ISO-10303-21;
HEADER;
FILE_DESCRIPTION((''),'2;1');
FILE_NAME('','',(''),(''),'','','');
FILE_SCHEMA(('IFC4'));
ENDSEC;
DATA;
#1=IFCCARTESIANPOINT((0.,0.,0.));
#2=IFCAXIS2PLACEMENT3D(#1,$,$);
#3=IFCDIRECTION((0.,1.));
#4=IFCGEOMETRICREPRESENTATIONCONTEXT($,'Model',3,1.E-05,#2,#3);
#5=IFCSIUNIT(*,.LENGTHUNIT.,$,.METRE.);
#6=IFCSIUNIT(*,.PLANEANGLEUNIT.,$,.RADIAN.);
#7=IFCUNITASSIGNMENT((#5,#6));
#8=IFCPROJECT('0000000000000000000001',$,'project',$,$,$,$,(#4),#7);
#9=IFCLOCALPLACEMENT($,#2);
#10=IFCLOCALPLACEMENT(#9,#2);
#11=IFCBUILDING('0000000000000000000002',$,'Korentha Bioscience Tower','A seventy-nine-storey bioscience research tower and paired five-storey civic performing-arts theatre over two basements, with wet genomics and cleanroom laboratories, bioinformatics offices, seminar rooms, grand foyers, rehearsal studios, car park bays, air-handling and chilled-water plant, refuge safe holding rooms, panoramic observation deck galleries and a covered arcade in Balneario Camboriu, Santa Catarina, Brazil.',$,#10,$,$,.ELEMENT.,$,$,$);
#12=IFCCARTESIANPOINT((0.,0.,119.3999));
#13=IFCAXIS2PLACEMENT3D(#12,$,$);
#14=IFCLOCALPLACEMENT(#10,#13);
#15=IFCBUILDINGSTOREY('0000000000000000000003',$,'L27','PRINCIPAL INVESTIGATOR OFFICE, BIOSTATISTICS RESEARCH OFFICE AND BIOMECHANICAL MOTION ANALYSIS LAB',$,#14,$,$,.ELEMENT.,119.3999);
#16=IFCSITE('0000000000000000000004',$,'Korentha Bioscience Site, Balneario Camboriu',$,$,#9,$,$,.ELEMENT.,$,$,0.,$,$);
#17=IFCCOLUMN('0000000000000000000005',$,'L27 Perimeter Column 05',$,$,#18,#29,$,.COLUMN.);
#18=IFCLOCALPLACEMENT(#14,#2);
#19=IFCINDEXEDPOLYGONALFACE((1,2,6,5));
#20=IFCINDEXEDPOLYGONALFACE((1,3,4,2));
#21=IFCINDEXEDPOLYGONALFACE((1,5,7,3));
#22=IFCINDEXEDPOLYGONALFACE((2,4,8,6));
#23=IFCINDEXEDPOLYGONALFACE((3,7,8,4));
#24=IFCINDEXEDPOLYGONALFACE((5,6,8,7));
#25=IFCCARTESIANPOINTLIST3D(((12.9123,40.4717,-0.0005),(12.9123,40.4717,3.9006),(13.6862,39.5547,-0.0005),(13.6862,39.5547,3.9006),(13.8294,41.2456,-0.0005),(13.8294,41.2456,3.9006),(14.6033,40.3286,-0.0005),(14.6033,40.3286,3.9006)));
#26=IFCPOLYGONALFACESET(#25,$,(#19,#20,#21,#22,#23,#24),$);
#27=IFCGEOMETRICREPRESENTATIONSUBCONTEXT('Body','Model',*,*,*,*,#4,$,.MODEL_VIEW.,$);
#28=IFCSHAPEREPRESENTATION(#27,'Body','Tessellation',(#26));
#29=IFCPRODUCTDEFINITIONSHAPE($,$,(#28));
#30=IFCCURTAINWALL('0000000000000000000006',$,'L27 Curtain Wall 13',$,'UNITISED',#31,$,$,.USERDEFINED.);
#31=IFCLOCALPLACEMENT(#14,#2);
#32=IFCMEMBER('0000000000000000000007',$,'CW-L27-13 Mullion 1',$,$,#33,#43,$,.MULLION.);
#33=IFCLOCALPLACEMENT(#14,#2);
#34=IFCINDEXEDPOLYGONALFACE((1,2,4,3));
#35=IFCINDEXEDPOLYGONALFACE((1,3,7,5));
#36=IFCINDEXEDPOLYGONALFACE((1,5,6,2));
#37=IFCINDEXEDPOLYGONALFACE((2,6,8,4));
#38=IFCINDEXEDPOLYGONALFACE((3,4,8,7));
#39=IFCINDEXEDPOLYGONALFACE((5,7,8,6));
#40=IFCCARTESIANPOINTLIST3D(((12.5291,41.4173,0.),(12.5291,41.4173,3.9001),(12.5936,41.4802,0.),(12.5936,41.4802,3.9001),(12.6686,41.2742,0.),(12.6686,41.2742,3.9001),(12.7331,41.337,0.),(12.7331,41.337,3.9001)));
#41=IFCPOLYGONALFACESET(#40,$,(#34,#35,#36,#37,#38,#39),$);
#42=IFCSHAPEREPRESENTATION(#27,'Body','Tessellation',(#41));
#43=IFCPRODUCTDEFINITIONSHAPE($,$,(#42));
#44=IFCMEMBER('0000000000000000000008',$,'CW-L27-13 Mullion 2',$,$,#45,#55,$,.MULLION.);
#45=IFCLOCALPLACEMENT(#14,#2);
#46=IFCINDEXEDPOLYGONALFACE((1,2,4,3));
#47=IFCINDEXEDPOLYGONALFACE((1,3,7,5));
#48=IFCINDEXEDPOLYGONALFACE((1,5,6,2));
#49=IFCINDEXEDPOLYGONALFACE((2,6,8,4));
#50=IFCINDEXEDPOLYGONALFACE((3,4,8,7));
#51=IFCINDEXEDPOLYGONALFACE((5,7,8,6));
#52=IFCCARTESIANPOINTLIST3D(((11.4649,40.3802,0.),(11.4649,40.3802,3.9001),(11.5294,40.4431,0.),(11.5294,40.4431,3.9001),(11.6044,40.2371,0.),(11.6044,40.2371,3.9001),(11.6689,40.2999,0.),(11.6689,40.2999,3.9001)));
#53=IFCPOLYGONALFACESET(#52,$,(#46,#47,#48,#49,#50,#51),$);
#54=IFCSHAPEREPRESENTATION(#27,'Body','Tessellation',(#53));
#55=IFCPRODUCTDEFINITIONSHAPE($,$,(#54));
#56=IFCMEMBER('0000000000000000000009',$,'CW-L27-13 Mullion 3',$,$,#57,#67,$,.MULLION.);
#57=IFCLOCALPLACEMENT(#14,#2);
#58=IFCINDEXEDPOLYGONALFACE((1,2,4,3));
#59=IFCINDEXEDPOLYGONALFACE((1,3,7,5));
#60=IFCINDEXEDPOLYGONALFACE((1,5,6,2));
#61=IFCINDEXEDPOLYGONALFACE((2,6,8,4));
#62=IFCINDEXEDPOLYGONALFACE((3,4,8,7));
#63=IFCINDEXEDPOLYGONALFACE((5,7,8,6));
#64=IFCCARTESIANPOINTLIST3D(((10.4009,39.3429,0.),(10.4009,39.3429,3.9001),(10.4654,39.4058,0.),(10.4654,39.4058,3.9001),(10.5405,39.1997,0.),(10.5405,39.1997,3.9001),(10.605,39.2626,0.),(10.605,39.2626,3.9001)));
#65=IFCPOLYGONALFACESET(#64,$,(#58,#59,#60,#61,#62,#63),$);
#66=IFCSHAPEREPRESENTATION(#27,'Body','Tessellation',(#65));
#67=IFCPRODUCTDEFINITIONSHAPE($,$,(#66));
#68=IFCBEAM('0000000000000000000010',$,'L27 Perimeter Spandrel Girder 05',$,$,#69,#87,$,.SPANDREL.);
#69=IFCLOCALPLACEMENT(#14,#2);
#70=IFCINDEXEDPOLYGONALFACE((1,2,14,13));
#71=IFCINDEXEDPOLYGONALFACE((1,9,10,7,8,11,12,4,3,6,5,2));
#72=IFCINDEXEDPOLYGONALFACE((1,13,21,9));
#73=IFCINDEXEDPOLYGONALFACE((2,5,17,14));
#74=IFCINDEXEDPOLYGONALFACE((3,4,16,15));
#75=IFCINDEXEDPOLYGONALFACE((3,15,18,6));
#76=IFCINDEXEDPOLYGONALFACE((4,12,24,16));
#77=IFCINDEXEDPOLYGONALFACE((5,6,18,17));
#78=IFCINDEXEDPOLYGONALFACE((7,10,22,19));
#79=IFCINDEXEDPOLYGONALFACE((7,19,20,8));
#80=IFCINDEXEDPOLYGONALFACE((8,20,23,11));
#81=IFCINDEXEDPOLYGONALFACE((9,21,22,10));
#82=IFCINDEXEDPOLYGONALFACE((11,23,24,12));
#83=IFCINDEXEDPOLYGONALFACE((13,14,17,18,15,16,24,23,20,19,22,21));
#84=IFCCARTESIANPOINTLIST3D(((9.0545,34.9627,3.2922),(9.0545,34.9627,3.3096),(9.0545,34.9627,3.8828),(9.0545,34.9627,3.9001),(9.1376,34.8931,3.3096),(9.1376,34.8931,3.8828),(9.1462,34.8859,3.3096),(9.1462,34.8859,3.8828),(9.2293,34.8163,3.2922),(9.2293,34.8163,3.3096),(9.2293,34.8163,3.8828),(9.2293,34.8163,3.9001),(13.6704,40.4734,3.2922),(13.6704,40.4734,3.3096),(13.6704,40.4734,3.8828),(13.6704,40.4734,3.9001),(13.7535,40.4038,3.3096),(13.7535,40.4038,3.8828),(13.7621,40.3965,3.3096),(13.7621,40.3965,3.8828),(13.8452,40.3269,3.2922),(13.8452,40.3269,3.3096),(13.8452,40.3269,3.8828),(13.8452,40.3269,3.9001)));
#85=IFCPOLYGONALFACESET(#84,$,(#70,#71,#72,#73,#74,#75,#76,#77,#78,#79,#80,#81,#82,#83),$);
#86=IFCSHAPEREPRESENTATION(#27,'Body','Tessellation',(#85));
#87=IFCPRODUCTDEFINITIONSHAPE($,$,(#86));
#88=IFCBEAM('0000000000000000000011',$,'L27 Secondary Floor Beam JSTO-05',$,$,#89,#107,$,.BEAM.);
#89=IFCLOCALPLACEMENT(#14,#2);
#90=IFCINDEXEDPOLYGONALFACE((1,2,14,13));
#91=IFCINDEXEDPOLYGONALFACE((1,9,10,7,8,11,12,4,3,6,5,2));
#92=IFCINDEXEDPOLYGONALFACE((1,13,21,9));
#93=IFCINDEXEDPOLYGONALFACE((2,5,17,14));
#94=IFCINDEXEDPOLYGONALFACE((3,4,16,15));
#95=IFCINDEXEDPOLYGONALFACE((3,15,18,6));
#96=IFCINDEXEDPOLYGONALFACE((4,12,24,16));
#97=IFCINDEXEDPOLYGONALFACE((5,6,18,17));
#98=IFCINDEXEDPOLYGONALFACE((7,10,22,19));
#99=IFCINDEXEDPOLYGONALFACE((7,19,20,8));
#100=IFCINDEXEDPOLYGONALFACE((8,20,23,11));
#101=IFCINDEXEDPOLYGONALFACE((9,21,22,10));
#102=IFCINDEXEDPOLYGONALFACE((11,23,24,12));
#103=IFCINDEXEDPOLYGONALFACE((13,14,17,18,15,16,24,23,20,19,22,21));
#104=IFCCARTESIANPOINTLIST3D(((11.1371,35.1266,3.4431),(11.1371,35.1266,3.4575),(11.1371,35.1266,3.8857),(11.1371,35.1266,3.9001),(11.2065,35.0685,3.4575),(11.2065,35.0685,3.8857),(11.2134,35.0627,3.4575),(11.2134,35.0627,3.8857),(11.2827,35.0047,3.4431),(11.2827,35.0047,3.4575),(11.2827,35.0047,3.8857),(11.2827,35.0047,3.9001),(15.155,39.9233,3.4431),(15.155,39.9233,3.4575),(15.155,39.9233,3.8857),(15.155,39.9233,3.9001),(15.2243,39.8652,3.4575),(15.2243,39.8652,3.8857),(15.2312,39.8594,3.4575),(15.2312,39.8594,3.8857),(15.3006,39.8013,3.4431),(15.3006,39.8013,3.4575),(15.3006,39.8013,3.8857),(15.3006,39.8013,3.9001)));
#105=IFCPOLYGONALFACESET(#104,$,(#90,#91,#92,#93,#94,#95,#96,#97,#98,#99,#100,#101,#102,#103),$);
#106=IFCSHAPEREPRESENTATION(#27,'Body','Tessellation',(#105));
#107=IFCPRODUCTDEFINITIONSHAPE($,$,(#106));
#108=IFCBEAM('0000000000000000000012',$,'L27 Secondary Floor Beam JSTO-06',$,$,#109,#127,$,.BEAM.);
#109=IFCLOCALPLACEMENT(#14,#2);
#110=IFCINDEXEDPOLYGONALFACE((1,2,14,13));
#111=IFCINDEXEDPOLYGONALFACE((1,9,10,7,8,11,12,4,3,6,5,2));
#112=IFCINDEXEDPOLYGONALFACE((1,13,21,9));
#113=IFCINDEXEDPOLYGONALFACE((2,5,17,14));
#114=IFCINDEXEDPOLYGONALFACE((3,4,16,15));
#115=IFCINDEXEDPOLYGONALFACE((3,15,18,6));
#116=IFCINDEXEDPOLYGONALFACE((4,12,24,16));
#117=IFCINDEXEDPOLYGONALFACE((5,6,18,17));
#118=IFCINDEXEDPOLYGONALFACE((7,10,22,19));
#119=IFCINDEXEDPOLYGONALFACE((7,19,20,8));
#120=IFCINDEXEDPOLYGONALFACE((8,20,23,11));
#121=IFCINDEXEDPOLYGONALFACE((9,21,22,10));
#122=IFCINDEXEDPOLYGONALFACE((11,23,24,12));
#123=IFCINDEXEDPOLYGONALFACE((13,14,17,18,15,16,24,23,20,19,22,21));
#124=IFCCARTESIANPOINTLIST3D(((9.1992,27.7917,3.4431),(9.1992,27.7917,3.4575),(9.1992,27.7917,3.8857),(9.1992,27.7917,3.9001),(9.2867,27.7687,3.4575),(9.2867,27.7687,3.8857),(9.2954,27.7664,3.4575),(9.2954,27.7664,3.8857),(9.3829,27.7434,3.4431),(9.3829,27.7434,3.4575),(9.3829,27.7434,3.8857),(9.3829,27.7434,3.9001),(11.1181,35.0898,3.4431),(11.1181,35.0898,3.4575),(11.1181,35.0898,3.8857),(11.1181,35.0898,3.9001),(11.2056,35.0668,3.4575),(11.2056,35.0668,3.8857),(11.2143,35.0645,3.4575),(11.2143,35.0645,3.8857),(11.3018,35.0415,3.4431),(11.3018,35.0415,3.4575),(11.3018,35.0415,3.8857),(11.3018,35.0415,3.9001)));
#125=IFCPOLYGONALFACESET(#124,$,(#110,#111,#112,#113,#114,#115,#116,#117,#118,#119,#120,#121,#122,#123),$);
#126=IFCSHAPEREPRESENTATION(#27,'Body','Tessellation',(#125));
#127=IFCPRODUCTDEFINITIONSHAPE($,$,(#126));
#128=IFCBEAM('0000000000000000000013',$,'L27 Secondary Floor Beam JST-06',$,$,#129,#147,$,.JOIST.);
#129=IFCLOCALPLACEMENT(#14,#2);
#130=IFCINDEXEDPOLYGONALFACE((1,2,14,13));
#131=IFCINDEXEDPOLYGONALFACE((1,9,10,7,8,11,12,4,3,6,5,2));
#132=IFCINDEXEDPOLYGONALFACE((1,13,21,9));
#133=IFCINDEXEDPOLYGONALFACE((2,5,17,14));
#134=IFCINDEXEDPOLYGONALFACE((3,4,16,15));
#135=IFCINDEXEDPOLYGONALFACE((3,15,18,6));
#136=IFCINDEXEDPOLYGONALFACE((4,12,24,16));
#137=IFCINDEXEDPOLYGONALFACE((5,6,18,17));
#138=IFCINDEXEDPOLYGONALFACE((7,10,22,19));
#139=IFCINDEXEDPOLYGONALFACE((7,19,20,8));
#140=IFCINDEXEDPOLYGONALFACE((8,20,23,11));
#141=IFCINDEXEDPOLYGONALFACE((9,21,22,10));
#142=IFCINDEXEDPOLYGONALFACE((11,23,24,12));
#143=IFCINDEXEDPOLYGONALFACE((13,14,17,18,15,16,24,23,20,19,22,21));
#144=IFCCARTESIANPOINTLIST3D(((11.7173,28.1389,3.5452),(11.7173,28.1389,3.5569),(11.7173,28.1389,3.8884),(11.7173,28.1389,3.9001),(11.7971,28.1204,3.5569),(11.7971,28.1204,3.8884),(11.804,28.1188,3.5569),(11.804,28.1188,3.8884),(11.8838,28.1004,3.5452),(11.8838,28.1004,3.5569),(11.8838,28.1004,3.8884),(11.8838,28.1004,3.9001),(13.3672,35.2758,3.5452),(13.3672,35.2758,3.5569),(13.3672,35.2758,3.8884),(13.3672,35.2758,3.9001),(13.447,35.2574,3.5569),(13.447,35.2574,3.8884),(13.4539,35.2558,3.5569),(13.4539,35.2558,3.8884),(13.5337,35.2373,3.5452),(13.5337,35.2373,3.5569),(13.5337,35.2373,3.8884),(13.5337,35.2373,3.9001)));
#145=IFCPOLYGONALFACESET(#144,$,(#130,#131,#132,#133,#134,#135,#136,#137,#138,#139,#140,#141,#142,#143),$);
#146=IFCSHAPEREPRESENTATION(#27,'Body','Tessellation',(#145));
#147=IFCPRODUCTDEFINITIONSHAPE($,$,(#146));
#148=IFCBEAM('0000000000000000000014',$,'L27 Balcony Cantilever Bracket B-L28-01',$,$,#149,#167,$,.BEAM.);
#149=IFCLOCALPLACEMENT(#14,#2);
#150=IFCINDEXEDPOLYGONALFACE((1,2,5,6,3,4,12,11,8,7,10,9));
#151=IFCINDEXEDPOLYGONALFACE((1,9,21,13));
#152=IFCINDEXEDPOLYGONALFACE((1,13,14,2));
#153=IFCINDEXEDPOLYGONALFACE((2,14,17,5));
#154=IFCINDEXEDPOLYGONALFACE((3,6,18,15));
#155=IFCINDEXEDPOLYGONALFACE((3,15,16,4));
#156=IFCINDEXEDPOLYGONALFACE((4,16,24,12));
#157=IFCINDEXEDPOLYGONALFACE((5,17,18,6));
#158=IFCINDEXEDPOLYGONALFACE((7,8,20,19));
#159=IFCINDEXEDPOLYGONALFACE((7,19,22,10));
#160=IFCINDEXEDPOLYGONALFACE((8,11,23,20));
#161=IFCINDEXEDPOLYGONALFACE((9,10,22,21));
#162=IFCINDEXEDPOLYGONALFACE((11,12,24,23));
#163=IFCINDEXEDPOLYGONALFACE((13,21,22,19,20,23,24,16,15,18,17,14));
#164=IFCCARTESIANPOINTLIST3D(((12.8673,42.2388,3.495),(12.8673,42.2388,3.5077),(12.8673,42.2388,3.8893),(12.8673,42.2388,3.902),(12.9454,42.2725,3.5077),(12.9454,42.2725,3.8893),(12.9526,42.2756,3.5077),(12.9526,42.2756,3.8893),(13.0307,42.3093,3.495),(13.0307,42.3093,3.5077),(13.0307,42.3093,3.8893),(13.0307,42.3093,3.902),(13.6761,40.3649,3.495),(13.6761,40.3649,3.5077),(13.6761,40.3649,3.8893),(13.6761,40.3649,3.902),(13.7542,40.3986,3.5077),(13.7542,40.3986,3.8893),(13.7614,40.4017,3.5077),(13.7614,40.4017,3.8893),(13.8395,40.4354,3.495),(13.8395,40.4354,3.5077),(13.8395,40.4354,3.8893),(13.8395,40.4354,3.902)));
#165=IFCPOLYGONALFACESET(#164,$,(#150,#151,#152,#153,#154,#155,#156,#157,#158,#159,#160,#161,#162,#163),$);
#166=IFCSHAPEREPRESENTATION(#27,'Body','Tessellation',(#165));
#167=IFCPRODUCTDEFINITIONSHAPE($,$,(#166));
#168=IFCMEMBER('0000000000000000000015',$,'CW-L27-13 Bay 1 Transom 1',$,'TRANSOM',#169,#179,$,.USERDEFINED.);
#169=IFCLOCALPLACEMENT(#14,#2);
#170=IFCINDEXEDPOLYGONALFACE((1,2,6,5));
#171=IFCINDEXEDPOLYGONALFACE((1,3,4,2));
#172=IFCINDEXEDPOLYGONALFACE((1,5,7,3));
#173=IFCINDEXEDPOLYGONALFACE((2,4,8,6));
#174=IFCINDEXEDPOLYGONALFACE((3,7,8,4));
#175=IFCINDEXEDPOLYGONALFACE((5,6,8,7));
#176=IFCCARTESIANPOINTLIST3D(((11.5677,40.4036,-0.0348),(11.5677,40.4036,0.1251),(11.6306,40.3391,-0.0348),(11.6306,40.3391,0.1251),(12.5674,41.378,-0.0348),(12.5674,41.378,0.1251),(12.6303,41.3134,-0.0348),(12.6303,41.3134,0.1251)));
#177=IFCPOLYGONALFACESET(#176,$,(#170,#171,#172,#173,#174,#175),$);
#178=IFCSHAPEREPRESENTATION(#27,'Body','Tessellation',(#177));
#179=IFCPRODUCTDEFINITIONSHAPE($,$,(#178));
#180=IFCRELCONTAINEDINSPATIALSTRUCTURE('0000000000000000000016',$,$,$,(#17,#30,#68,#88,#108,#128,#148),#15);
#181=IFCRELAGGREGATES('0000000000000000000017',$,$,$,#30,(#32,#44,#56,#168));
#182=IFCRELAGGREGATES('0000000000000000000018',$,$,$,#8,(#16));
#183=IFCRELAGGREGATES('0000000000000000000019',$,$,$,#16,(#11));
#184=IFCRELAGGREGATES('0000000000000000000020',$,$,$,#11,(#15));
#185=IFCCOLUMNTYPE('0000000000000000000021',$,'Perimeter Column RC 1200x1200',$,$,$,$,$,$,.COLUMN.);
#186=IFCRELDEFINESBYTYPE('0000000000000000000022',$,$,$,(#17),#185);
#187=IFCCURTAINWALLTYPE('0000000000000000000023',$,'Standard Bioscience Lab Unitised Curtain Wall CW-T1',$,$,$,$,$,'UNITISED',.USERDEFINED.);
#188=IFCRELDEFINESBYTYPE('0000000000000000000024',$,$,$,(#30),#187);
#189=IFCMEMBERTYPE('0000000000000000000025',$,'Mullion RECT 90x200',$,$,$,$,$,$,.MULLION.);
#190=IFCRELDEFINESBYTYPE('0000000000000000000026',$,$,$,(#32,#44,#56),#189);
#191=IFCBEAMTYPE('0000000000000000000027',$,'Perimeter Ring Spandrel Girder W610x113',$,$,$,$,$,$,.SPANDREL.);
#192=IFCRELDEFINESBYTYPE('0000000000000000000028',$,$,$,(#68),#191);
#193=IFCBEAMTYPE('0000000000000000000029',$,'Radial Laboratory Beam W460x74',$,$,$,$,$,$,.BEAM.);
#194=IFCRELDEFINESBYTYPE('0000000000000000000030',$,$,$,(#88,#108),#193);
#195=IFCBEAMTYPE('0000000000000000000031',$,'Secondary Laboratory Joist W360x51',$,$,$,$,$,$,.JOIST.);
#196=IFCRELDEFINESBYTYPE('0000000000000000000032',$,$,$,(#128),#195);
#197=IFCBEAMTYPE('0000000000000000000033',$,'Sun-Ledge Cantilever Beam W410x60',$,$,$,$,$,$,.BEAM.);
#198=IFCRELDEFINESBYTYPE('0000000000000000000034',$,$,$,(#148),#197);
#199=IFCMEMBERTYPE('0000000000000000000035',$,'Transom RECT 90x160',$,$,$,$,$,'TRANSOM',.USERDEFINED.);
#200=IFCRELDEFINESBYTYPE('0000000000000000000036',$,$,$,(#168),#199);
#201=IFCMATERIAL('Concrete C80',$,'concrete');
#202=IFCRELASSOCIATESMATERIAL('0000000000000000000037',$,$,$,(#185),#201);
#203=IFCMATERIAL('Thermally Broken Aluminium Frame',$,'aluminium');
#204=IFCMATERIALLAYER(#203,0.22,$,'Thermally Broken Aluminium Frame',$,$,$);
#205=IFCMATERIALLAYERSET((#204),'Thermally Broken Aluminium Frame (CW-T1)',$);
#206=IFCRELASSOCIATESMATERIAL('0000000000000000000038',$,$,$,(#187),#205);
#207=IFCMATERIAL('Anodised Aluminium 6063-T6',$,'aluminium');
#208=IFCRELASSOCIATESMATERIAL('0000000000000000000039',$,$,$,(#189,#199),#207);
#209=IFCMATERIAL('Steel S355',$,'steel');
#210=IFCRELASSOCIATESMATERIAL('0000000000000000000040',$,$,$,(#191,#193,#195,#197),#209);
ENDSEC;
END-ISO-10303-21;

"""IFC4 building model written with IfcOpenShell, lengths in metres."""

from ifc_helpers import new_model, si_unit, direction, frame, origin, origin_2d, place, context, subcontext, project, spatial, rectangle, i_section, extrude, material, layer, layer_set, material_profile, profile_set, type_object, element, aggregate, save


model = new_model("IFC4")

# Units and contexts
model_context = context("Model", 3, precision=1e-05, world=origin(), true_north=direction((0.0, 1.0)))
body_context = subcontext(model_context, "Body", "Model", "MODEL_VIEW")
ifc_project = project(units=[si_unit("LENGTHUNIT", "METRE"), si_unit("PLANEANGLEUNIT", "RADIAN")], contexts=[model_context])

# Site, building, storey
site_placement = place(None, origin())
site = spatial("IfcSite", under=ifc_project, at=site_placement, Name="Korentha Bioscience Site, Balneario Camboriu", CompositionType="ELEMENT", RefElevation=0.0)
building_placement = place(site_placement, origin())
building = spatial("IfcBuilding", under=site, at=building_placement, Name="Korentha Bioscience Tower", Description="A seventy-nine-storey bioscience research tower and paired five-storey civic performing-arts theatre over two basements, with wet genomics and cleanroom laboratories, bioinformatics offices, seminar rooms, grand foyers, rehearsal studios, car park bays, air-handling and chilled-water plant, refuge safe holding rooms, panoramic observation deck galleries and a covered arcade in Balneario Camboriu, Santa Catarina, Brazil.", CompositionType="ELEMENT")
storey_placement = place(building_placement, frame((0.0, 0.0, 119.3999)))
storey = spatial("IfcBuildingStorey", under=building, at=storey_placement, Name="L27", Description="PRINCIPAL INVESTIGATOR OFFICE, BIOSTATISTICS RESEARCH OFFICE AND BIOMECHANICAL MOTION ANALYSIS LAB", CompositionType="ELEMENT", Elevation=119.3999)

# Column
ifc_material_1 = material(Name="Concrete C80", Category="concrete")
ifc_material_profile_1 = material_profile(ifc_material_1, rectangle(XDim=1.2, YDim=1.2, at=origin_2d()), Name="Concrete C80")
ifc_profile_set_1 = profile_set([ifc_material_profile_1], Name="Concrete C80 (COL-P12)")
column_type = type_object("IfcColumnType", Name="Perimeter Column RC 1200x1200", PredefinedType="COLUMN", material=ifc_profile_set_1)
column_placement = place(storey_placement, frame((13.7578, 40.4001, -0.0005), z_axis=(0.0, 0.0, 1.0), x_axis=(0.764246, 0.644924, 0.0)))
element("IfcColumn", 1, at=column_placement, inside=storey, type_object=column_type, Name="L27 Perimeter Column 05", PredefinedType="COLUMN", context=body_context, shape_type="SweptSolid", body=[
    extrude(rectangle(XDim=1.2, YDim=1.2, at=origin_2d()), origin(), (0.0, 0.0, 1.0), 3.9011),
])

# Curtain wall, members
ifc_material_2 = material(Name="Thermally Broken Aluminium Frame", Category="aluminium")
ifc_layer_1 = layer(ifc_material_2, 0.22, Name="Thermally Broken Aluminium Frame")
ifc_layer_set_1 = layer_set([ifc_layer_1], Name="Thermally Broken Aluminium Frame (CW-T1)")
curtain_wall_type = type_object("IfcCurtainWallType", Name="Standard Bioscience Lab Unitised Curtain Wall CW-T1", ElementType="UNITISED", PredefinedType="USERDEFINED", material=ifc_layer_set_1)
curtain_wall_placement = place(storey_placement, origin())
curtain_wall = element("IfcCurtainWall", 2, at=curtain_wall_placement, inside=storey, type_object=curtain_wall_type, Name="L27 Curtain Wall 13", ObjectType="UNITISED", PredefinedType="USERDEFINED")
ifc_material_3 = material(Name="Anodised Aluminium 6063-T6", Category="aluminium")
ifc_material_profile_2 = material_profile(ifc_material_3, rectangle(XDim=0.0901, YDim=0.2, at=origin_2d()), Name="Anodised Aluminium 6063-T6")
ifc_profile_set_2 = profile_set([ifc_material_profile_2], Name="Anodised Aluminium 6063-T6 (CW-MUL)")
member_type_1 = type_object("IfcMemberType", Name="Mullion RECT 90x200", PredefinedType="MULLION", material=ifc_profile_set_2)
member_1_placement = place(storey_placement, frame((12.6311, 41.3772, 0.0), z_axis=(0.0, 0.0, 1.0), x_axis=(-0.716096, -0.698002, 0.0)))
member_1 = element("IfcMember", 3, at=member_1_placement, type_object=member_type_1, Name="CW-L27-13 Mullion 1", PredefinedType="MULLION", context=body_context, shape_type="SweptSolid", body=[
    extrude(rectangle(XDim=0.0901, YDim=0.2, at=origin_2d()), origin(), (0.0, 0.0, 1.0), 3.9001),
])
member_2_placement = place(storey_placement, frame((11.5669, 40.3401, 0.0), z_axis=(0.0, 0.0, 1.0), x_axis=(-0.716096, -0.698002, 0.0)))
member_2 = element("IfcMember", 4, at=member_2_placement, type_object=member_type_1, Name="CW-L27-13 Mullion 2", PredefinedType="MULLION", context=body_context, shape_type="SweptSolid", body=[
    extrude(rectangle(XDim=0.0901, YDim=0.2, at=origin_2d()), origin(), (0.0, 0.0, 1.0), 3.9001),
])
member_3_placement = place(storey_placement, frame((10.5029, 39.3027, 0.0), z_axis=(0.0, 0.0, 1.0), x_axis=(-0.716096, -0.698002, 0.0)))
member_3 = element("IfcMember", 5, at=member_3_placement, type_object=member_type_1, Name="CW-L27-13 Mullion 3", PredefinedType="MULLION", context=body_context, shape_type="SweptSolid", body=[
    extrude(rectangle(XDim=0.0901, YDim=0.2, at=origin_2d()), origin(), (0.0, 0.0, 1.0), 3.9001),
])

# Beams
ifc_material_4 = material(Name="Steel S355", Category="steel")
ifc_material_profile_3 = material_profile(ifc_material_4, i_section(OverallWidth=0.228, OverallDepth=0.6079, WebThickness=0.0112, FlangeThickness=0.0173, at=origin_2d()), Name="Steel S355")
ifc_profile_set_3 = profile_set([ifc_material_profile_3], Name="Steel S355 (SB-610)")
beam_type_1 = type_object("IfcBeamType", Name="Perimeter Ring Spandrel Girder W610x113", PredefinedType="SPANDREL", material=ifc_profile_set_3)
beam_1_placement = place(storey_placement, frame((13.7578, 40.4001, 3.5962), z_axis=(-0.642127, -0.766599, 0.0), x_axis=(0.766599, -0.642127, 0.0)))
element("IfcBeam", 6, at=beam_1_placement, inside=storey, type_object=beam_type_1, Name="L27 Perimeter Spandrel Girder 05", PredefinedType="SPANDREL", context=body_context, shape_type="SweptSolid", body=[
    extrude(i_section(OverallWidth=0.228, OverallDepth=0.6079, WebThickness=0.0112, FlangeThickness=0.0173, at=origin_2d()), origin(), (0.0, 0.0, 1.0), 7.1885),
])
ifc_material_profile_4 = material_profile(ifc_material_4, i_section(OverallWidth=0.1899, OverallDepth=0.457, WebThickness=0.009, FlangeThickness=0.0144, at=origin_2d()), Name="Steel S355")
ifc_profile_set_4 = profile_set([ifc_material_profile_4], Name="Steel S355 (RB-460)")
beam_type_2 = type_object("IfcBeamType", Name="Radial Laboratory Beam W460x74", PredefinedType="BEAM", material=ifc_profile_set_4)
beam_2_placement = place(storey_placement, frame((15.2278, 39.8623, 3.6716), z_axis=(-0.642128, -0.766597, 0.0), x_axis=(0.766597, -0.642128, 0.0)))
element("IfcBeam", 7, at=beam_2_placement, inside=storey, type_object=beam_type_2, Name="L27 Secondary Floor Beam JSTO-05", PredefinedType="BEAM", context=body_context, shape_type="SweptSolid", body=[
    extrude(i_section(OverallWidth=0.1899, OverallDepth=0.457, WebThickness=0.009, FlangeThickness=0.0144, at=origin_2d()), origin(), (0.0, 0.0, 1.0), 6.2571),
])
beam_3_placement = place(storey_placement, frame((11.21, 35.0657, 3.6716), z_axis=(-0.254294, -0.967127, 0.0), x_axis=(0.967127, -0.254294, 0.0)))
element("IfcBeam", 8, at=beam_3_placement, inside=storey, type_object=beam_type_2, Name="L27 Secondary Floor Beam JSTO-06", PredefinedType="BEAM", context=body_context, shape_type="SweptSolid", body=[
    extrude(i_section(OverallWidth=0.1899, OverallDepth=0.457, WebThickness=0.009, FlangeThickness=0.0144, at=origin_2d()), origin(), (0.0, 0.0, 1.0), 7.5461),
])
ifc_material_profile_5 = material_profile(ifc_material_4, i_section(OverallWidth=0.1709, OverallDepth=0.355, WebThickness=0.0071, FlangeThickness=0.0117, at=origin_2d()), Name="Steel S355")
ifc_profile_set_5 = profile_set([ifc_material_profile_5], Name="Steel S355 (JB-360)")
beam_type_3 = type_object("IfcBeamType", Name="Secondary Laboratory Joist W360x51", PredefinedType="JOIST", material=ifc_profile_set_5)
beam_4_placement = place(storey_placement, frame((13.4504, 35.2566, 3.7227), z_axis=(-0.225237, -0.974304, 0.0), x_axis=(0.974304, -0.225237, 0.0)))
element("IfcBeam", 9, at=beam_4_placement, inside=storey, type_object=beam_type_3, Name="L27 Secondary Floor Beam JST-06", PredefinedType="JOIST", context=body_context, shape_type="SweptSolid", body=[
    extrude(i_section(OverallWidth=0.1709, OverallDepth=0.355, WebThickness=0.0071, FlangeThickness=0.0117, at=origin_2d()), origin(), (0.0, 0.0, 1.0), 7.3252),
])
ifc_material_profile_6 = material_profile(ifc_material_4, i_section(OverallWidth=0.178, OverallDepth=0.407, WebThickness=0.0078, FlangeThickness=0.0127, at=origin_2d()), Name="Steel S355")
ifc_profile_set_6 = profile_set([ifc_material_profile_6], Name="Steel S355 (CB-410)")
beam_type_4 = type_object("IfcBeamType", Name="Sun-Ledge Cantilever Beam W410x60", PredefinedType="BEAM", material=ifc_profile_set_6)
beam_5_placement = place(storey_placement, frame((13.7578, 40.4001, 3.6985), z_axis=(-0.396271, 0.918134, 0.0), x_axis=(-0.918134, -0.396271, 0.0)))
element("IfcBeam", 10, at=beam_5_placement, inside=storey, type_object=beam_type_4, Name="L27 Balcony Cantilever Bracket B-L28-01", PredefinedType="BEAM", context=body_context, shape_type="SweptSolid", body=[
    extrude(i_section(OverallWidth=0.178, OverallDepth=0.407, WebThickness=0.0078, FlangeThickness=0.0127, at=origin_2d()), origin(), (0.0, 0.0, 1.0), 2.041),
])

# Member
ifc_material_profile_7 = material_profile(ifc_material_3, rectangle(XDim=0.0901, YDim=0.1599, at=origin_2d()), Name="Anodised Aluminium 6063-T6")
ifc_profile_set_7 = profile_set([ifc_material_profile_7], Name="Anodised Aluminium 6063-T6 (CW-TRN)")
member_type_2 = type_object("IfcMemberType", Name="Transom RECT 90x160", ElementType="TRANSOM", PredefinedType="USERDEFINED", material=ifc_profile_set_7)
member_4_placement = place(storey_placement, frame((12.5989, 41.3457, 0.0452), z_axis=(-0.716142, -0.697954, 0.0), x_axis=(0.697954, -0.716142, 0.0)))
member_4 = element("IfcMember", 11, at=member_4_placement, type_object=member_type_2, Name="CW-L27-13 Bay 1 Transom 1", ObjectType="TRANSOM", PredefinedType="USERDEFINED", context=body_context, shape_type="SweptSolid", body=[
    extrude(rectangle(XDim=0.0901, YDim=0.1599, at=origin_2d()), origin(), (0.0, 0.0, 1.0), 1.396),
])

aggregate(curtain_wall, [member_1, member_2, member_3, member_4])

save(model, "model.ifc")
